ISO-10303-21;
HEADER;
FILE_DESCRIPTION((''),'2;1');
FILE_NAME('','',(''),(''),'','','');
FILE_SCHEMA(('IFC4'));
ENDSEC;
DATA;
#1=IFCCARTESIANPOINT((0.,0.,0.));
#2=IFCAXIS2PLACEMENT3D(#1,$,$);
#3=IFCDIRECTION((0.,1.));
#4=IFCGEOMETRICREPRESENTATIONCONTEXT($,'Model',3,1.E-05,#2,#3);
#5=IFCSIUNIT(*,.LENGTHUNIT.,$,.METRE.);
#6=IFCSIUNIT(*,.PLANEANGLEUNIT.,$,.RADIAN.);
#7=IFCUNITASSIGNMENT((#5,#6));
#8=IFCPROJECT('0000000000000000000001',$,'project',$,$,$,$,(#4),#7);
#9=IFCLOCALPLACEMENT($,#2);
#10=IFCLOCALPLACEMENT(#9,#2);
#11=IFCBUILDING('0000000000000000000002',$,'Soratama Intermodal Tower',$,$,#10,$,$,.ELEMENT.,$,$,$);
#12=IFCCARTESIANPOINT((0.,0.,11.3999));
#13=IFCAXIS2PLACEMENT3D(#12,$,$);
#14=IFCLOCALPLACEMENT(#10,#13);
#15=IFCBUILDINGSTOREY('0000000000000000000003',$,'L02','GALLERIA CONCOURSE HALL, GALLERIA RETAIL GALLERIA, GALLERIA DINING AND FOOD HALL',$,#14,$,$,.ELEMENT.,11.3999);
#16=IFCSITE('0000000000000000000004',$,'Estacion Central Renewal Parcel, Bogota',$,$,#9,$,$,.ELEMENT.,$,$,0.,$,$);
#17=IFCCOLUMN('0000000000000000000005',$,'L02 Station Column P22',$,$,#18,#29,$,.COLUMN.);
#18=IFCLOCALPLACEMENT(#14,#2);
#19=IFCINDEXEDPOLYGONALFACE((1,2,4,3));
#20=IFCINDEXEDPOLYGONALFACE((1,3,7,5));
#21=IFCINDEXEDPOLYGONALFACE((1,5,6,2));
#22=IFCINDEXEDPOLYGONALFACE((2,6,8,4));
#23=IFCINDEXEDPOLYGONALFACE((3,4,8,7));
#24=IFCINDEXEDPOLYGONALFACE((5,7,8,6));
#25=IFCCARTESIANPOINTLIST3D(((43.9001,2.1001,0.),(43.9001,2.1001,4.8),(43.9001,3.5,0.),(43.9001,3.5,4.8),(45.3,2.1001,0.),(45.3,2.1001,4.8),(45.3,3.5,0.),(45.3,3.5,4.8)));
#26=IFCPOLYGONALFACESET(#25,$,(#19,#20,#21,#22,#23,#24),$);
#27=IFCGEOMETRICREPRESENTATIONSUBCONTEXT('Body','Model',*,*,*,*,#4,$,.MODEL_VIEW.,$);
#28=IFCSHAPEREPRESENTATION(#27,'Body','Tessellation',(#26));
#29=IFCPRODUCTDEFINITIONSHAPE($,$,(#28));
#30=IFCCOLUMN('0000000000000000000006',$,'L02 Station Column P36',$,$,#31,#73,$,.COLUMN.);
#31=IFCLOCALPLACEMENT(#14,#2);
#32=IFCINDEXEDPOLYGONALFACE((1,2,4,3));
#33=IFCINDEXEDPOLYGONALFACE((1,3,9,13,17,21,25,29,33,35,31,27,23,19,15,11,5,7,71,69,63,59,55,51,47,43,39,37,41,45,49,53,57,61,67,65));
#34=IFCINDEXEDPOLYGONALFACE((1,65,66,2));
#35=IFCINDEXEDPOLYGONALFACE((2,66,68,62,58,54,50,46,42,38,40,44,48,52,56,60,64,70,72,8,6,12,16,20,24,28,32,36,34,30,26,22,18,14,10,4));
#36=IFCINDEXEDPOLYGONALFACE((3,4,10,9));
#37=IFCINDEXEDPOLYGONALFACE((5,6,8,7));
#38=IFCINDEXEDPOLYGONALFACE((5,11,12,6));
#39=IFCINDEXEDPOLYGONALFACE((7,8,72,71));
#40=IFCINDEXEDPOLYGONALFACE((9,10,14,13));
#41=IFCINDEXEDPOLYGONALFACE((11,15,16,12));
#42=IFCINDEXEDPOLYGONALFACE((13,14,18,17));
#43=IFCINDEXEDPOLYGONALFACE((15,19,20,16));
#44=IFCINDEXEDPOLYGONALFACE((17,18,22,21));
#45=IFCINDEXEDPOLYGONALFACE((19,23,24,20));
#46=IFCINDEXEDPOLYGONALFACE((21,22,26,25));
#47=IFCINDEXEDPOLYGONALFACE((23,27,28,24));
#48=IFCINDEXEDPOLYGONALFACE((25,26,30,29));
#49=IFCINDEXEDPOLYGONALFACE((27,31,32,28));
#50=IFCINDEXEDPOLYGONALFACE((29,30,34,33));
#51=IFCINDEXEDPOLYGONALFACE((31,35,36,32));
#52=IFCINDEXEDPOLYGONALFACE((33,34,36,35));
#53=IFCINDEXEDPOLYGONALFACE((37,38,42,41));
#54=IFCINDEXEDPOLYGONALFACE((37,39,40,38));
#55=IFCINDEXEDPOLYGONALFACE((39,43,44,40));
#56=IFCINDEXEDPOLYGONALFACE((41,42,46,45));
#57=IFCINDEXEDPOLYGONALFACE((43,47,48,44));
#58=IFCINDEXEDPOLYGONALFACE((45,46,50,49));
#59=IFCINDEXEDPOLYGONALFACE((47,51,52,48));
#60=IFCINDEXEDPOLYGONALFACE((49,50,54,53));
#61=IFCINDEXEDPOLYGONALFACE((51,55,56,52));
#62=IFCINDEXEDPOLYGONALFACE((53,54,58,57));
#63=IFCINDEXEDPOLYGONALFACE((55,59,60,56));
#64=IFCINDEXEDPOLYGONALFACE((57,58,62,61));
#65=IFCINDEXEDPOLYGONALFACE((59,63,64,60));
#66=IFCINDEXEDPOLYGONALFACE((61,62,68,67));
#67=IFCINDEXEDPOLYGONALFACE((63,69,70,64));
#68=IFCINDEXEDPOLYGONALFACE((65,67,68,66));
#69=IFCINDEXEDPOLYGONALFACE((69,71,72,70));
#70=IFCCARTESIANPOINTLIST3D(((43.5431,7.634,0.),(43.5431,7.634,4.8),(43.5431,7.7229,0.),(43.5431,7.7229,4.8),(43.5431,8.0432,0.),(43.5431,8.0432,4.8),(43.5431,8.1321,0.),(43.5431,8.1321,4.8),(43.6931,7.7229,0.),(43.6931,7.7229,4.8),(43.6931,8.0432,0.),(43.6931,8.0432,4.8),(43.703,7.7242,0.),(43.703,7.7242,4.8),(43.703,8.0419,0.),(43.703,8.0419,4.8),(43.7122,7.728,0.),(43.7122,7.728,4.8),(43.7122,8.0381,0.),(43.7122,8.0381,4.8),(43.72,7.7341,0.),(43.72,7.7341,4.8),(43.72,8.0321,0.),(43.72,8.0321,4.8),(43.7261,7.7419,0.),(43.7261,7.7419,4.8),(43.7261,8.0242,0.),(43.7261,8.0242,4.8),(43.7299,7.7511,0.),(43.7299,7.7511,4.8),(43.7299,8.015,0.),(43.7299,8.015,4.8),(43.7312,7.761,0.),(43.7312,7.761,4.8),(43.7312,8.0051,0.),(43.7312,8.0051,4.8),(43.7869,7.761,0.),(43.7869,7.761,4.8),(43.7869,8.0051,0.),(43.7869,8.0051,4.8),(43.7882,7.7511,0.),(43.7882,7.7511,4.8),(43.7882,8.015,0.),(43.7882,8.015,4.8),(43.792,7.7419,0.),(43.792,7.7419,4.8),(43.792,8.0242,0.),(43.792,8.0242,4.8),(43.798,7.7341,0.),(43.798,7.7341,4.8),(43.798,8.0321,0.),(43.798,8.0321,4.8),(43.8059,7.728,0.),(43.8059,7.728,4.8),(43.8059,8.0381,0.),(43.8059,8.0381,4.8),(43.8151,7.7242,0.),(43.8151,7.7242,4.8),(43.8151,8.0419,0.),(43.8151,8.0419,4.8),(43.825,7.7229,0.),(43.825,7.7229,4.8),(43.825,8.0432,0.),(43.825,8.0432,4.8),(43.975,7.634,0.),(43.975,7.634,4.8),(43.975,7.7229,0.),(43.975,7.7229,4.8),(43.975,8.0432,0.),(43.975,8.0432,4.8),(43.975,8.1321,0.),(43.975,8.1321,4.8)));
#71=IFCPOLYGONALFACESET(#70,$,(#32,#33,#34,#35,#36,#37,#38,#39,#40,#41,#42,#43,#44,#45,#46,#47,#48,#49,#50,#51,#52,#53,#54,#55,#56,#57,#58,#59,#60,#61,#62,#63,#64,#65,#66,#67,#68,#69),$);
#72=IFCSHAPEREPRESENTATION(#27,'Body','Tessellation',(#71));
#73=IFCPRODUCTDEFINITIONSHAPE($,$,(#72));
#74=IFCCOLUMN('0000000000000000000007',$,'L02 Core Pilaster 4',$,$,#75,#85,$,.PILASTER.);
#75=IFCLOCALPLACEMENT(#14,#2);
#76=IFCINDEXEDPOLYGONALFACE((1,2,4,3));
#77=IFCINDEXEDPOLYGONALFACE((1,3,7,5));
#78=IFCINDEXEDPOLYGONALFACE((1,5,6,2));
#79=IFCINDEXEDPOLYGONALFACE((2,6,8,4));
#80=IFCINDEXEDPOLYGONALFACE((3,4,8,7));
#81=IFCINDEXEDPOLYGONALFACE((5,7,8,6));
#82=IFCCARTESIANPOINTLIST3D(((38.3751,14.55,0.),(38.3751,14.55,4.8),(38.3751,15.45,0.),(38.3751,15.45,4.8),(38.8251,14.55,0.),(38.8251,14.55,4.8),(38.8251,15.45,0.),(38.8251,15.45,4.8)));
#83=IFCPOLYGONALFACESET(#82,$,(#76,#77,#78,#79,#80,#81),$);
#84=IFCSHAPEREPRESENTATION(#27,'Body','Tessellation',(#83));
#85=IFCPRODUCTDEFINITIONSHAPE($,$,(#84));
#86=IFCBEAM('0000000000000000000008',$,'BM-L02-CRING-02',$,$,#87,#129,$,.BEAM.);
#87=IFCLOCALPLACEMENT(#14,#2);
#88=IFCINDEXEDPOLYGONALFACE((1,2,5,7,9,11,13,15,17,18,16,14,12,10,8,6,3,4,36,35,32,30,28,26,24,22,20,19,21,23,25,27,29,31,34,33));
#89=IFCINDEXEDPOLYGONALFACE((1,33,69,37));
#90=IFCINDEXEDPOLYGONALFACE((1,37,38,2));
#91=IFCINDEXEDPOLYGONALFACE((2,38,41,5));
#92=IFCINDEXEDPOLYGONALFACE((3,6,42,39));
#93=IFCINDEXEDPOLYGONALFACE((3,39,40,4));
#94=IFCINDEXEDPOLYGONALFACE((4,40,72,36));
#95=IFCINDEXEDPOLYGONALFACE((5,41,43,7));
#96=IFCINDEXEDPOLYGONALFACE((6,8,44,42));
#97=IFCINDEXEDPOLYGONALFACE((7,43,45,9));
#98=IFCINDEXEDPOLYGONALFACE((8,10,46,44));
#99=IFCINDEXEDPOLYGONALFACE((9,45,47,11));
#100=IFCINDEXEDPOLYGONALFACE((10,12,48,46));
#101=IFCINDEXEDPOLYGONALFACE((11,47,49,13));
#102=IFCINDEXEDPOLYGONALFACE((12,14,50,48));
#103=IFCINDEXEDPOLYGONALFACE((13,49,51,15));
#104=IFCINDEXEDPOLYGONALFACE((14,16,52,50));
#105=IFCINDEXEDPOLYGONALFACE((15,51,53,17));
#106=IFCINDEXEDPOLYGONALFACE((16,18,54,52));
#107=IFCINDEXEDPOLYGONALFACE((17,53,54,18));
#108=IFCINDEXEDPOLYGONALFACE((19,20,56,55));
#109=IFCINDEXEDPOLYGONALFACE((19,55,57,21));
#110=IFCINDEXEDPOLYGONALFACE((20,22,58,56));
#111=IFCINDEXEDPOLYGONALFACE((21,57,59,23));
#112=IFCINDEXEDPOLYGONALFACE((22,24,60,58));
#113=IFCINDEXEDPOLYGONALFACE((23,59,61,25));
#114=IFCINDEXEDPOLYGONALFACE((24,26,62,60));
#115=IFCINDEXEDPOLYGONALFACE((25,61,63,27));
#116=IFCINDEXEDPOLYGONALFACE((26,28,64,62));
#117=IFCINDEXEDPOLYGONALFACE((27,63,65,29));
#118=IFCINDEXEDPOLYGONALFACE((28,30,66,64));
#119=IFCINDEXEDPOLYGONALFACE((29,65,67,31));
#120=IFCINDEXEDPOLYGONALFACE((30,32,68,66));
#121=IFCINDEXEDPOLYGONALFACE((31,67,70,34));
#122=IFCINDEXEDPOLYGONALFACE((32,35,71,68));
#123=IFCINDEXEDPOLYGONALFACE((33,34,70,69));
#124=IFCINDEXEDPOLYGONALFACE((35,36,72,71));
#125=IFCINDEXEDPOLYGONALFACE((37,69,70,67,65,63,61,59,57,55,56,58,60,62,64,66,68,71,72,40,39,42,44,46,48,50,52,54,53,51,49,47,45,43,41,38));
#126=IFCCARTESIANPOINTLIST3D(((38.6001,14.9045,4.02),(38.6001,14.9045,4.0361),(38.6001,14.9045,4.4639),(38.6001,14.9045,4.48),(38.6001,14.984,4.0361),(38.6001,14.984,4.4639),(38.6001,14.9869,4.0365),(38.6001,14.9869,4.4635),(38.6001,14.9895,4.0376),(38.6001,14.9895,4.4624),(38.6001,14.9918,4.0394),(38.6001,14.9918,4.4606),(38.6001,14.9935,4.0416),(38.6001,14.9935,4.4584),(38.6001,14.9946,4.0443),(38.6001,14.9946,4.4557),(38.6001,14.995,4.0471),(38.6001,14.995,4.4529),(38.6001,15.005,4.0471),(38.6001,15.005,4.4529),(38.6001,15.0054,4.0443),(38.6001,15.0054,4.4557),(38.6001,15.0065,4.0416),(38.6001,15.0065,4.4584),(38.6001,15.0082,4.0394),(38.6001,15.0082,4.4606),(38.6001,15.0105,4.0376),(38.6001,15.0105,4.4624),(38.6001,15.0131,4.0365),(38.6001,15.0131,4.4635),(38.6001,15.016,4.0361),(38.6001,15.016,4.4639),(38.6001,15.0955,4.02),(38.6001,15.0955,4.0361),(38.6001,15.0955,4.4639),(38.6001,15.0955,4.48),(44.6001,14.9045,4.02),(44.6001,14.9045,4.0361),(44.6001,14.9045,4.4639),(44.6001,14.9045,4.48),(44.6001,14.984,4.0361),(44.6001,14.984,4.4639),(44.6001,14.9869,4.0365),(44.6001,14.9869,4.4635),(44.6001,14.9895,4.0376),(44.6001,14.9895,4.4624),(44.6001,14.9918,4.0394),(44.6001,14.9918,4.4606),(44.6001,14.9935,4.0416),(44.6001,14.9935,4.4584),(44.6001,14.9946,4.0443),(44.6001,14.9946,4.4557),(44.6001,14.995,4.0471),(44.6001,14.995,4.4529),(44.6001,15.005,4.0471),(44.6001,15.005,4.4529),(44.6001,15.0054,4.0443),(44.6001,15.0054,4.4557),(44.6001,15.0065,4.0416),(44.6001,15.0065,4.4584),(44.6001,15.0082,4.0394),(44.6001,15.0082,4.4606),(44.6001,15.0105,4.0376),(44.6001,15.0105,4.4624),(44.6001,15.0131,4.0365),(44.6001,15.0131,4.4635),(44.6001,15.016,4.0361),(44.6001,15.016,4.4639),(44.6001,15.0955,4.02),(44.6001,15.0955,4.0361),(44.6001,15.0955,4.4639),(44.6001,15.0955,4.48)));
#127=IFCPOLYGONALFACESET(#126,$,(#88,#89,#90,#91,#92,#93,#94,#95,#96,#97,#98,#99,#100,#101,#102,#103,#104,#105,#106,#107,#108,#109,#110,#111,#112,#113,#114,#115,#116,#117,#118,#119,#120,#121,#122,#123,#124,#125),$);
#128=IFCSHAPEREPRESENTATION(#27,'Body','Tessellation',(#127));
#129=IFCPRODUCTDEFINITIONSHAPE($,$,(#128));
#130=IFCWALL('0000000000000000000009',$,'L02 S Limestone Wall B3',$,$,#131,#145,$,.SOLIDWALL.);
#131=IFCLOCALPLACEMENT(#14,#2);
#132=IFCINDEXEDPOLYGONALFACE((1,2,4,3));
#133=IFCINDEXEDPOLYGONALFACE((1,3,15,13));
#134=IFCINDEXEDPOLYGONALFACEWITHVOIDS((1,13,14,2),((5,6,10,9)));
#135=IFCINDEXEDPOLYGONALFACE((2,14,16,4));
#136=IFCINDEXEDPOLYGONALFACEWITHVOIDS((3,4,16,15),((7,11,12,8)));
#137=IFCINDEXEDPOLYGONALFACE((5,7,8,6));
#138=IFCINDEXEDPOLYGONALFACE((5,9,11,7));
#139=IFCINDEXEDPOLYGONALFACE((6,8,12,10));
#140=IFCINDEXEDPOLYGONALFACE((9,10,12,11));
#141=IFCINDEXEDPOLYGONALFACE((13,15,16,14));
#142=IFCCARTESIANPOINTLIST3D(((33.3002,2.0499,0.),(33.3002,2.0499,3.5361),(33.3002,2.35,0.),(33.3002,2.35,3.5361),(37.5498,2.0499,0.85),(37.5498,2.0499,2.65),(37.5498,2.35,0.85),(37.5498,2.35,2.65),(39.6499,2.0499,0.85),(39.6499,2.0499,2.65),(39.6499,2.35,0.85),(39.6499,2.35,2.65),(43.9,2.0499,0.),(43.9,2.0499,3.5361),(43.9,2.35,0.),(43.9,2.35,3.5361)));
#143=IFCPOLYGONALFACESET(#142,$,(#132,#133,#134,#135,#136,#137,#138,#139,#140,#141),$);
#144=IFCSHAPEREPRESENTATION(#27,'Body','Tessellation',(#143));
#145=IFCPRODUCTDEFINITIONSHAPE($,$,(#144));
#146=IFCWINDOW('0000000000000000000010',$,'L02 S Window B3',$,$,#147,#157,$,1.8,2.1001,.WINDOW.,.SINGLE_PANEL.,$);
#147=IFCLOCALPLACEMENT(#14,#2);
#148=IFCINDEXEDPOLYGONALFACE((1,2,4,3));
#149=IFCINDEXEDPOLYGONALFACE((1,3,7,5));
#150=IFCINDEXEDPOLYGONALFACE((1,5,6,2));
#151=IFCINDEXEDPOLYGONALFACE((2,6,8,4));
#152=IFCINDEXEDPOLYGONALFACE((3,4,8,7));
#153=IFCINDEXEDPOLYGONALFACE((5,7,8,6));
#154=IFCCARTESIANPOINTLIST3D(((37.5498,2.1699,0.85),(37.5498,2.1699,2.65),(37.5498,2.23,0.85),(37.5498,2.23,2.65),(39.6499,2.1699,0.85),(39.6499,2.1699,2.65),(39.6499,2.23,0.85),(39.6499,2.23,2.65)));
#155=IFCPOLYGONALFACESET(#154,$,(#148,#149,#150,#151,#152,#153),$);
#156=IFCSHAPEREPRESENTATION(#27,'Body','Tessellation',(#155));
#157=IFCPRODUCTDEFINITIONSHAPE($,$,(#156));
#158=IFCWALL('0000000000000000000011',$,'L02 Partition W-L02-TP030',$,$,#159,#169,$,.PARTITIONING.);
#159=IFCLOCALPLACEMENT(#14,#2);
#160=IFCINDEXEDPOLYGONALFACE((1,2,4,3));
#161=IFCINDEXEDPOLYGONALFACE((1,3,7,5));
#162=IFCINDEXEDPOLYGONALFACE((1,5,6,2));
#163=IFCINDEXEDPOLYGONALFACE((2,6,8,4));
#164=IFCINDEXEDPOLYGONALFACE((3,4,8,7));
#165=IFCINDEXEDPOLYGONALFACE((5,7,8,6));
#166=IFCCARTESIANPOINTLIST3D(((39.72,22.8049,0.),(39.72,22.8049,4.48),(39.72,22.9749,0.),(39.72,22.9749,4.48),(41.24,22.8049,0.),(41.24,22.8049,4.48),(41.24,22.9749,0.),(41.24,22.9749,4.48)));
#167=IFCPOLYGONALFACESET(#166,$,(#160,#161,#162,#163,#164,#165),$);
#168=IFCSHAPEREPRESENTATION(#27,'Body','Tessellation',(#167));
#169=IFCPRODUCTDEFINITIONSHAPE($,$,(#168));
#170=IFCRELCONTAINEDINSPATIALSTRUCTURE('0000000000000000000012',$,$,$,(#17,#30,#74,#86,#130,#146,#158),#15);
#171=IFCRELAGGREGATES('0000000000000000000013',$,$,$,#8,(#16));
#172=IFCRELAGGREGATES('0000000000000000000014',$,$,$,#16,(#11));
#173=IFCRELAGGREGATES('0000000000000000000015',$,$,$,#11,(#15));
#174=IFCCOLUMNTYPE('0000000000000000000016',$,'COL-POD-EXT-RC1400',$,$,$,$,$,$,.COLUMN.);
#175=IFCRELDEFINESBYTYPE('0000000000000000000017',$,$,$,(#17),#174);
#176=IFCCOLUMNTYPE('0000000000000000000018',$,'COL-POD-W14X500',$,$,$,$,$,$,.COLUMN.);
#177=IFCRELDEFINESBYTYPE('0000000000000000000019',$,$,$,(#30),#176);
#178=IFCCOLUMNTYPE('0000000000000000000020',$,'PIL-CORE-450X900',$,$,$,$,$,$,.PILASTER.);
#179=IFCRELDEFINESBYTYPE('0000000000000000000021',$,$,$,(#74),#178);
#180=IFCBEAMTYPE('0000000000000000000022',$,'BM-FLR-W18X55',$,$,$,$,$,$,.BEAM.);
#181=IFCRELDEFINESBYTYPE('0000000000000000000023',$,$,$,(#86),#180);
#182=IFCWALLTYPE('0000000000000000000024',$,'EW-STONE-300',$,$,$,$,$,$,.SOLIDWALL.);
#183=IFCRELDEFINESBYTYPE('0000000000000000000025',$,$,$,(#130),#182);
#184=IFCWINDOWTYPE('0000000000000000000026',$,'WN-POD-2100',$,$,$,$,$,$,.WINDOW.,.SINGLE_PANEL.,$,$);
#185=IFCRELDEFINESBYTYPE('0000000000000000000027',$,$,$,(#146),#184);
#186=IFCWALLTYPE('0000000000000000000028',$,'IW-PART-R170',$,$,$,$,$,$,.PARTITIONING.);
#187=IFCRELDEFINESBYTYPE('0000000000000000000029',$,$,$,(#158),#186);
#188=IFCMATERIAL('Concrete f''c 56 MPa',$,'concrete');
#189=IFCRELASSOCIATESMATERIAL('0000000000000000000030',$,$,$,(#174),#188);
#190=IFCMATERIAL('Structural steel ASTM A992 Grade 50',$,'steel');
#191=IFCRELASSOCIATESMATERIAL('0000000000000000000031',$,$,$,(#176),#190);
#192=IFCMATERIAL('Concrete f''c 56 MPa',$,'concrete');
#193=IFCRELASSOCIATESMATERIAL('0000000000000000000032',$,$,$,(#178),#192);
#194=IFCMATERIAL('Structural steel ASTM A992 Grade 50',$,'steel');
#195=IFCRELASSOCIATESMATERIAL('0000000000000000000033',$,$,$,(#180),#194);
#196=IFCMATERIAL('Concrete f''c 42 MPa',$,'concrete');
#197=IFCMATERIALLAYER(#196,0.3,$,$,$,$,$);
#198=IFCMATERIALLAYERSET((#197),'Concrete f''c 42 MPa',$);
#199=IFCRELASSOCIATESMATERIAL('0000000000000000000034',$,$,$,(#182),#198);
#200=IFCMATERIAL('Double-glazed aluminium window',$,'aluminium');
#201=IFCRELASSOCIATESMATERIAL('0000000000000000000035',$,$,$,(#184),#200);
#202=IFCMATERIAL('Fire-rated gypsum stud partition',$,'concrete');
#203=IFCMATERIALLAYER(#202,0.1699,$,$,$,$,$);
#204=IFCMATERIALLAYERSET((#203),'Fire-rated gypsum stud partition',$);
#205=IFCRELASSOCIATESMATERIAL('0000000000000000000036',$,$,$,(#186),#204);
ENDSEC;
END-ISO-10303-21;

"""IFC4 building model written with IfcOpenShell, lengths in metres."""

from ifc_helpers import new_model, si_unit, direction, frame, frame_2d, origin, origin_2d, place, context, subcontext, project, spatial, rectangle, i_section, extrude, material, layer, layer_set, material_profile, profile_set, type_object, element, fill, save


model = new_model("IFC4")

# Units and contexts
model_context = context("Model", 3, precision=1e-05, world=origin(), true_north=direction((0.0, 1.0)))
body_context = subcontext(model_context, "Body", "Model", "MODEL_VIEW")
ifc_project = project(units=[si_unit("LENGTHUNIT", "METRE"), si_unit("PLANEANGLEUNIT", "RADIAN")], contexts=[model_context])

# Site, building, storey
site_placement = place(None, origin())
site = spatial("IfcSite", under=ifc_project, at=site_placement, Name="Estacion Central Renewal Parcel, Bogota", CompositionType="ELEMENT", RefElevation=0.0)
building_placement = place(site_placement, origin())
building = spatial("IfcBuilding", under=site, at=building_placement, Name="Soratama Intermodal Tower", CompositionType="ELEMENT")
storey_placement = place(building_placement, frame((0.0, 0.0, 11.3999)))
storey = spatial("IfcBuildingStorey", under=building, at=storey_placement, Name="L02", Description="GALLERIA CONCOURSE HALL, GALLERIA RETAIL GALLERIA, GALLERIA DINING AND FOOD HALL", CompositionType="ELEMENT", Elevation=11.3999)

# Columns
ifc_material_1 = material(Name="Concrete f'c 56 MPa", Category="concrete")
ifc_material_profile_1 = material_profile(ifc_material_1, rectangle(XDim=1.3999, YDim=1.3999, at=origin_2d()), Name="RC1400X1400")
ifc_profile_set_1 = profile_set([ifc_material_profile_1], Name="Concrete f'c 56 MPa")
column_type_1 = type_object("IfcColumnType", Name="COL-POD-EXT-RC1400", PredefinedType="COLUMN", material=ifc_profile_set_1)
column_1_placement = place(storey_placement, frame((44.6001, 2.8, 0.0), z_axis=(0.0, 0.0, 1.0), x_axis=(1.0, 0.0, 0.0)))
element("IfcColumn", 1, at=column_1_placement, inside=storey, type_object=column_type_1, Name="L02 Station Column P22", PredefinedType="COLUMN", context=body_context, shape_type="SweptSolid", body=[
    extrude(rectangle(XDim=1.3999, YDim=1.3999, at=origin_2d()), origin(), (0.0, 0.0, 1.0), 4.8),
])
ifc_material_2 = material(Name="Structural steel ASTM A992 Grade 50", Category="steel")
ifc_material_profile_2 = material_profile(ifc_material_2, i_section(OverallWidth=0.4319, OverallDepth=0.498, WebThickness=0.0557, FlangeThickness=0.0889, FilletRadius=0.0381, at=origin_2d()), Name="W14X500")
ifc_profile_set_2 = profile_set([ifc_material_profile_2], Name="Structural steel ASTM A992 Grade 50")
column_type_2 = type_object("IfcColumnType", Name="COL-POD-W14X500", PredefinedType="COLUMN", material=ifc_profile_set_2)
column_2_placement = place(storey_placement, frame((43.759, 7.8831, 0.0), z_axis=(0.0, 0.0, 1.0), x_axis=(1.0, 0.0, 0.0)))
element("IfcColumn", 2, at=column_2_placement, inside=storey, type_object=column_type_2, Name="L02 Station Column P36", PredefinedType="COLUMN", context=body_context, shape_type="SweptSolid", body=[
    extrude(i_section(OverallWidth=0.4319, OverallDepth=0.498, WebThickness=0.0557, FlangeThickness=0.0889, FilletRadius=0.0381, at=origin_2d()), origin(), (0.0, 0.0, 1.0), 4.8),
])
ifc_material_3 = material(Name="Concrete f'c 56 MPa", Category="concrete")
ifc_material_profile_3 = material_profile(ifc_material_3, rectangle(XDim=0.45, YDim=0.8999, at=origin_2d()), Name="RC450X900")
ifc_profile_set_3 = profile_set([ifc_material_profile_3], Name="Concrete f'c 56 MPa")
column_type_3 = type_object("IfcColumnType", Name="PIL-CORE-450X900", PredefinedType="PILASTER", material=ifc_profile_set_3)
column_3_placement = place(storey_placement, frame((38.6001, 15.0, 0.0), z_axis=(0.0, 0.0, 1.0), x_axis=(1.0, 0.0, 0.0)))
element("IfcColumn", 3, at=column_3_placement, inside=storey, type_object=column_type_3, Name="L02 Core Pilaster 4", PredefinedType="PILASTER", context=body_context, shape_type="SweptSolid", body=[
    extrude(rectangle(XDim=0.45, YDim=0.8999, at=origin_2d()), origin(), (0.0, 0.0, 1.0), 4.8),
])

# Beam
ifc_material_4 = material(Name="Structural steel ASTM A992 Grade 50", Category="steel")
ifc_material_profile_4 = material_profile(ifc_material_4, i_section(OverallWidth=0.1909, OverallDepth=0.46, WebThickness=0.01, FlangeThickness=0.0161, FilletRadius=0.011, at=origin_2d()), Name="W18X55")
ifc_profile_set_4 = profile_set([ifc_material_profile_4], Name="Structural steel ASTM A992 Grade 50")
beam_type = type_object("IfcBeamType", Name="BM-FLR-W18X55", PredefinedType="BEAM", material=ifc_profile_set_4)
beam_placement = place(storey_placement, frame((38.6001, 15.0, 4.25), z_axis=(1.0, 0.0, 0.0), x_axis=(0.0, 1.0, 0.0)))
element("IfcBeam", 4, at=beam_placement, inside=storey, type_object=beam_type, Name="BM-L02-CRING-02", PredefinedType="BEAM", context=body_context, shape_type="SweptSolid", body=[
    extrude(i_section(OverallWidth=0.1909, OverallDepth=0.46, WebThickness=0.01, FlangeThickness=0.0161, FilletRadius=0.011, at=origin_2d()), origin(), (0.0, 0.0, 1.0), 6.0),
])

# Wall, opening, window
ifc_material_5 = material(Name="Concrete f'c 42 MPa", Category="concrete")
ifc_layer_1 = layer(ifc_material_5, 0.3)
ifc_layer_set_1 = layer_set([ifc_layer_1], Name="Concrete f'c 42 MPa")
wall_type_1 = type_object("IfcWallType", Name="EW-STONE-300", PredefinedType="SOLIDWALL", material=ifc_layer_set_1)
wall_1_placement = place(storey_placement, frame((43.8999, 2.2, 0.0), z_axis=(0.0, 0.0, 1.0), x_axis=(-1.0, 0.0, 0.0)))
wall_1 = element("IfcWall", 5, at=wall_1_placement, inside=storey, type_object=wall_type_1, Name="L02 S Limestone Wall B3", PredefinedType="SOLIDWALL", context=body_context, shape_type="SweptSolid", body=[
    extrude(rectangle(XDim=10.5999, YDim=0.3, at=frame_2d((5.2998, 0.0))), origin(), (0.0, 0.0, 1.0), 3.5361),
])
opening_1_placement = place(wall_1_placement, frame((4.25, 0.0, 0.8501)))
opening_1 = element("IfcOpeningElement", 6, at=opening_1_placement, cuts=wall_1, PredefinedType="OPENING", context=body_context, shape_type="SweptSolid", body=[
    extrude(rectangle(XDim=2.1001, YDim=1.8, at=frame_2d((1.05, 0.8999))), frame((0.0, 0.1599, 0.0), z_axis=(0.0, -1.0, 0.0), x_axis=(1.0, 0.0, 0.0)), (0.0, 0.0, 1.0), 0.3201),
])
ifc_material_6 = material(Name="Double-glazed aluminium window", Category="aluminium")
window_type = type_object("IfcWindowType", Name="WN-POD-2100", PartitioningType="SINGLE_PANEL", PredefinedType="WINDOW", material=ifc_material_6)
window_placement = place(opening_1_placement, origin())
window = element("IfcWindow", 7, at=window_placement, inside=storey, type_object=window_type, Name="L02 S Window B3", OverallHeight=1.8, OverallWidth=2.1001, PartitioningType="SINGLE_PANEL", PredefinedType="WINDOW", context=body_context, shape_type="SweptSolid", body=[
    extrude(rectangle(XDim=2.1001, YDim=1.8, at=frame_2d((1.05, 0.8999))), frame((0.0, 0.03, 0.0), z_axis=(0.0, -1.0, 0.0), x_axis=(1.0, 0.0, 0.0)), (0.0, 0.0, 1.0), 0.0601),
])
fill(opening_1, window)

# Shared definitions
ifc_material_7 = material(Name="Fire-rated gypsum stud partition", Category="concrete")
ifc_layer_2 = layer(ifc_material_7, 0.1699)
ifc_layer_set_2 = layer_set([ifc_layer_2], Name="Fire-rated gypsum stud partition")
wall_type_2 = type_object("IfcWallType", Name="IW-PART-R170", PredefinedType="PARTITIONING", material=ifc_layer_set_2)

# Wall
wall_2_placement = place(storey_placement, frame((39.72, 22.8899, 0.0), z_axis=(0.0, 0.0, 1.0), x_axis=(1.0, 0.0, 0.0)))
element("IfcWall", 8, at=wall_2_placement, inside=storey, type_object=wall_type_2, Name="L02 Partition W-L02-TP030", PredefinedType="PARTITIONING", context=body_context, shape_type="SweptSolid", body=[
    extrude(rectangle(XDim=1.52, YDim=0.1699, at=frame_2d((0.76, 0.0))), origin(), (0.0, 0.0, 1.0), 4.48),
])

save(model, "model.ifc")
